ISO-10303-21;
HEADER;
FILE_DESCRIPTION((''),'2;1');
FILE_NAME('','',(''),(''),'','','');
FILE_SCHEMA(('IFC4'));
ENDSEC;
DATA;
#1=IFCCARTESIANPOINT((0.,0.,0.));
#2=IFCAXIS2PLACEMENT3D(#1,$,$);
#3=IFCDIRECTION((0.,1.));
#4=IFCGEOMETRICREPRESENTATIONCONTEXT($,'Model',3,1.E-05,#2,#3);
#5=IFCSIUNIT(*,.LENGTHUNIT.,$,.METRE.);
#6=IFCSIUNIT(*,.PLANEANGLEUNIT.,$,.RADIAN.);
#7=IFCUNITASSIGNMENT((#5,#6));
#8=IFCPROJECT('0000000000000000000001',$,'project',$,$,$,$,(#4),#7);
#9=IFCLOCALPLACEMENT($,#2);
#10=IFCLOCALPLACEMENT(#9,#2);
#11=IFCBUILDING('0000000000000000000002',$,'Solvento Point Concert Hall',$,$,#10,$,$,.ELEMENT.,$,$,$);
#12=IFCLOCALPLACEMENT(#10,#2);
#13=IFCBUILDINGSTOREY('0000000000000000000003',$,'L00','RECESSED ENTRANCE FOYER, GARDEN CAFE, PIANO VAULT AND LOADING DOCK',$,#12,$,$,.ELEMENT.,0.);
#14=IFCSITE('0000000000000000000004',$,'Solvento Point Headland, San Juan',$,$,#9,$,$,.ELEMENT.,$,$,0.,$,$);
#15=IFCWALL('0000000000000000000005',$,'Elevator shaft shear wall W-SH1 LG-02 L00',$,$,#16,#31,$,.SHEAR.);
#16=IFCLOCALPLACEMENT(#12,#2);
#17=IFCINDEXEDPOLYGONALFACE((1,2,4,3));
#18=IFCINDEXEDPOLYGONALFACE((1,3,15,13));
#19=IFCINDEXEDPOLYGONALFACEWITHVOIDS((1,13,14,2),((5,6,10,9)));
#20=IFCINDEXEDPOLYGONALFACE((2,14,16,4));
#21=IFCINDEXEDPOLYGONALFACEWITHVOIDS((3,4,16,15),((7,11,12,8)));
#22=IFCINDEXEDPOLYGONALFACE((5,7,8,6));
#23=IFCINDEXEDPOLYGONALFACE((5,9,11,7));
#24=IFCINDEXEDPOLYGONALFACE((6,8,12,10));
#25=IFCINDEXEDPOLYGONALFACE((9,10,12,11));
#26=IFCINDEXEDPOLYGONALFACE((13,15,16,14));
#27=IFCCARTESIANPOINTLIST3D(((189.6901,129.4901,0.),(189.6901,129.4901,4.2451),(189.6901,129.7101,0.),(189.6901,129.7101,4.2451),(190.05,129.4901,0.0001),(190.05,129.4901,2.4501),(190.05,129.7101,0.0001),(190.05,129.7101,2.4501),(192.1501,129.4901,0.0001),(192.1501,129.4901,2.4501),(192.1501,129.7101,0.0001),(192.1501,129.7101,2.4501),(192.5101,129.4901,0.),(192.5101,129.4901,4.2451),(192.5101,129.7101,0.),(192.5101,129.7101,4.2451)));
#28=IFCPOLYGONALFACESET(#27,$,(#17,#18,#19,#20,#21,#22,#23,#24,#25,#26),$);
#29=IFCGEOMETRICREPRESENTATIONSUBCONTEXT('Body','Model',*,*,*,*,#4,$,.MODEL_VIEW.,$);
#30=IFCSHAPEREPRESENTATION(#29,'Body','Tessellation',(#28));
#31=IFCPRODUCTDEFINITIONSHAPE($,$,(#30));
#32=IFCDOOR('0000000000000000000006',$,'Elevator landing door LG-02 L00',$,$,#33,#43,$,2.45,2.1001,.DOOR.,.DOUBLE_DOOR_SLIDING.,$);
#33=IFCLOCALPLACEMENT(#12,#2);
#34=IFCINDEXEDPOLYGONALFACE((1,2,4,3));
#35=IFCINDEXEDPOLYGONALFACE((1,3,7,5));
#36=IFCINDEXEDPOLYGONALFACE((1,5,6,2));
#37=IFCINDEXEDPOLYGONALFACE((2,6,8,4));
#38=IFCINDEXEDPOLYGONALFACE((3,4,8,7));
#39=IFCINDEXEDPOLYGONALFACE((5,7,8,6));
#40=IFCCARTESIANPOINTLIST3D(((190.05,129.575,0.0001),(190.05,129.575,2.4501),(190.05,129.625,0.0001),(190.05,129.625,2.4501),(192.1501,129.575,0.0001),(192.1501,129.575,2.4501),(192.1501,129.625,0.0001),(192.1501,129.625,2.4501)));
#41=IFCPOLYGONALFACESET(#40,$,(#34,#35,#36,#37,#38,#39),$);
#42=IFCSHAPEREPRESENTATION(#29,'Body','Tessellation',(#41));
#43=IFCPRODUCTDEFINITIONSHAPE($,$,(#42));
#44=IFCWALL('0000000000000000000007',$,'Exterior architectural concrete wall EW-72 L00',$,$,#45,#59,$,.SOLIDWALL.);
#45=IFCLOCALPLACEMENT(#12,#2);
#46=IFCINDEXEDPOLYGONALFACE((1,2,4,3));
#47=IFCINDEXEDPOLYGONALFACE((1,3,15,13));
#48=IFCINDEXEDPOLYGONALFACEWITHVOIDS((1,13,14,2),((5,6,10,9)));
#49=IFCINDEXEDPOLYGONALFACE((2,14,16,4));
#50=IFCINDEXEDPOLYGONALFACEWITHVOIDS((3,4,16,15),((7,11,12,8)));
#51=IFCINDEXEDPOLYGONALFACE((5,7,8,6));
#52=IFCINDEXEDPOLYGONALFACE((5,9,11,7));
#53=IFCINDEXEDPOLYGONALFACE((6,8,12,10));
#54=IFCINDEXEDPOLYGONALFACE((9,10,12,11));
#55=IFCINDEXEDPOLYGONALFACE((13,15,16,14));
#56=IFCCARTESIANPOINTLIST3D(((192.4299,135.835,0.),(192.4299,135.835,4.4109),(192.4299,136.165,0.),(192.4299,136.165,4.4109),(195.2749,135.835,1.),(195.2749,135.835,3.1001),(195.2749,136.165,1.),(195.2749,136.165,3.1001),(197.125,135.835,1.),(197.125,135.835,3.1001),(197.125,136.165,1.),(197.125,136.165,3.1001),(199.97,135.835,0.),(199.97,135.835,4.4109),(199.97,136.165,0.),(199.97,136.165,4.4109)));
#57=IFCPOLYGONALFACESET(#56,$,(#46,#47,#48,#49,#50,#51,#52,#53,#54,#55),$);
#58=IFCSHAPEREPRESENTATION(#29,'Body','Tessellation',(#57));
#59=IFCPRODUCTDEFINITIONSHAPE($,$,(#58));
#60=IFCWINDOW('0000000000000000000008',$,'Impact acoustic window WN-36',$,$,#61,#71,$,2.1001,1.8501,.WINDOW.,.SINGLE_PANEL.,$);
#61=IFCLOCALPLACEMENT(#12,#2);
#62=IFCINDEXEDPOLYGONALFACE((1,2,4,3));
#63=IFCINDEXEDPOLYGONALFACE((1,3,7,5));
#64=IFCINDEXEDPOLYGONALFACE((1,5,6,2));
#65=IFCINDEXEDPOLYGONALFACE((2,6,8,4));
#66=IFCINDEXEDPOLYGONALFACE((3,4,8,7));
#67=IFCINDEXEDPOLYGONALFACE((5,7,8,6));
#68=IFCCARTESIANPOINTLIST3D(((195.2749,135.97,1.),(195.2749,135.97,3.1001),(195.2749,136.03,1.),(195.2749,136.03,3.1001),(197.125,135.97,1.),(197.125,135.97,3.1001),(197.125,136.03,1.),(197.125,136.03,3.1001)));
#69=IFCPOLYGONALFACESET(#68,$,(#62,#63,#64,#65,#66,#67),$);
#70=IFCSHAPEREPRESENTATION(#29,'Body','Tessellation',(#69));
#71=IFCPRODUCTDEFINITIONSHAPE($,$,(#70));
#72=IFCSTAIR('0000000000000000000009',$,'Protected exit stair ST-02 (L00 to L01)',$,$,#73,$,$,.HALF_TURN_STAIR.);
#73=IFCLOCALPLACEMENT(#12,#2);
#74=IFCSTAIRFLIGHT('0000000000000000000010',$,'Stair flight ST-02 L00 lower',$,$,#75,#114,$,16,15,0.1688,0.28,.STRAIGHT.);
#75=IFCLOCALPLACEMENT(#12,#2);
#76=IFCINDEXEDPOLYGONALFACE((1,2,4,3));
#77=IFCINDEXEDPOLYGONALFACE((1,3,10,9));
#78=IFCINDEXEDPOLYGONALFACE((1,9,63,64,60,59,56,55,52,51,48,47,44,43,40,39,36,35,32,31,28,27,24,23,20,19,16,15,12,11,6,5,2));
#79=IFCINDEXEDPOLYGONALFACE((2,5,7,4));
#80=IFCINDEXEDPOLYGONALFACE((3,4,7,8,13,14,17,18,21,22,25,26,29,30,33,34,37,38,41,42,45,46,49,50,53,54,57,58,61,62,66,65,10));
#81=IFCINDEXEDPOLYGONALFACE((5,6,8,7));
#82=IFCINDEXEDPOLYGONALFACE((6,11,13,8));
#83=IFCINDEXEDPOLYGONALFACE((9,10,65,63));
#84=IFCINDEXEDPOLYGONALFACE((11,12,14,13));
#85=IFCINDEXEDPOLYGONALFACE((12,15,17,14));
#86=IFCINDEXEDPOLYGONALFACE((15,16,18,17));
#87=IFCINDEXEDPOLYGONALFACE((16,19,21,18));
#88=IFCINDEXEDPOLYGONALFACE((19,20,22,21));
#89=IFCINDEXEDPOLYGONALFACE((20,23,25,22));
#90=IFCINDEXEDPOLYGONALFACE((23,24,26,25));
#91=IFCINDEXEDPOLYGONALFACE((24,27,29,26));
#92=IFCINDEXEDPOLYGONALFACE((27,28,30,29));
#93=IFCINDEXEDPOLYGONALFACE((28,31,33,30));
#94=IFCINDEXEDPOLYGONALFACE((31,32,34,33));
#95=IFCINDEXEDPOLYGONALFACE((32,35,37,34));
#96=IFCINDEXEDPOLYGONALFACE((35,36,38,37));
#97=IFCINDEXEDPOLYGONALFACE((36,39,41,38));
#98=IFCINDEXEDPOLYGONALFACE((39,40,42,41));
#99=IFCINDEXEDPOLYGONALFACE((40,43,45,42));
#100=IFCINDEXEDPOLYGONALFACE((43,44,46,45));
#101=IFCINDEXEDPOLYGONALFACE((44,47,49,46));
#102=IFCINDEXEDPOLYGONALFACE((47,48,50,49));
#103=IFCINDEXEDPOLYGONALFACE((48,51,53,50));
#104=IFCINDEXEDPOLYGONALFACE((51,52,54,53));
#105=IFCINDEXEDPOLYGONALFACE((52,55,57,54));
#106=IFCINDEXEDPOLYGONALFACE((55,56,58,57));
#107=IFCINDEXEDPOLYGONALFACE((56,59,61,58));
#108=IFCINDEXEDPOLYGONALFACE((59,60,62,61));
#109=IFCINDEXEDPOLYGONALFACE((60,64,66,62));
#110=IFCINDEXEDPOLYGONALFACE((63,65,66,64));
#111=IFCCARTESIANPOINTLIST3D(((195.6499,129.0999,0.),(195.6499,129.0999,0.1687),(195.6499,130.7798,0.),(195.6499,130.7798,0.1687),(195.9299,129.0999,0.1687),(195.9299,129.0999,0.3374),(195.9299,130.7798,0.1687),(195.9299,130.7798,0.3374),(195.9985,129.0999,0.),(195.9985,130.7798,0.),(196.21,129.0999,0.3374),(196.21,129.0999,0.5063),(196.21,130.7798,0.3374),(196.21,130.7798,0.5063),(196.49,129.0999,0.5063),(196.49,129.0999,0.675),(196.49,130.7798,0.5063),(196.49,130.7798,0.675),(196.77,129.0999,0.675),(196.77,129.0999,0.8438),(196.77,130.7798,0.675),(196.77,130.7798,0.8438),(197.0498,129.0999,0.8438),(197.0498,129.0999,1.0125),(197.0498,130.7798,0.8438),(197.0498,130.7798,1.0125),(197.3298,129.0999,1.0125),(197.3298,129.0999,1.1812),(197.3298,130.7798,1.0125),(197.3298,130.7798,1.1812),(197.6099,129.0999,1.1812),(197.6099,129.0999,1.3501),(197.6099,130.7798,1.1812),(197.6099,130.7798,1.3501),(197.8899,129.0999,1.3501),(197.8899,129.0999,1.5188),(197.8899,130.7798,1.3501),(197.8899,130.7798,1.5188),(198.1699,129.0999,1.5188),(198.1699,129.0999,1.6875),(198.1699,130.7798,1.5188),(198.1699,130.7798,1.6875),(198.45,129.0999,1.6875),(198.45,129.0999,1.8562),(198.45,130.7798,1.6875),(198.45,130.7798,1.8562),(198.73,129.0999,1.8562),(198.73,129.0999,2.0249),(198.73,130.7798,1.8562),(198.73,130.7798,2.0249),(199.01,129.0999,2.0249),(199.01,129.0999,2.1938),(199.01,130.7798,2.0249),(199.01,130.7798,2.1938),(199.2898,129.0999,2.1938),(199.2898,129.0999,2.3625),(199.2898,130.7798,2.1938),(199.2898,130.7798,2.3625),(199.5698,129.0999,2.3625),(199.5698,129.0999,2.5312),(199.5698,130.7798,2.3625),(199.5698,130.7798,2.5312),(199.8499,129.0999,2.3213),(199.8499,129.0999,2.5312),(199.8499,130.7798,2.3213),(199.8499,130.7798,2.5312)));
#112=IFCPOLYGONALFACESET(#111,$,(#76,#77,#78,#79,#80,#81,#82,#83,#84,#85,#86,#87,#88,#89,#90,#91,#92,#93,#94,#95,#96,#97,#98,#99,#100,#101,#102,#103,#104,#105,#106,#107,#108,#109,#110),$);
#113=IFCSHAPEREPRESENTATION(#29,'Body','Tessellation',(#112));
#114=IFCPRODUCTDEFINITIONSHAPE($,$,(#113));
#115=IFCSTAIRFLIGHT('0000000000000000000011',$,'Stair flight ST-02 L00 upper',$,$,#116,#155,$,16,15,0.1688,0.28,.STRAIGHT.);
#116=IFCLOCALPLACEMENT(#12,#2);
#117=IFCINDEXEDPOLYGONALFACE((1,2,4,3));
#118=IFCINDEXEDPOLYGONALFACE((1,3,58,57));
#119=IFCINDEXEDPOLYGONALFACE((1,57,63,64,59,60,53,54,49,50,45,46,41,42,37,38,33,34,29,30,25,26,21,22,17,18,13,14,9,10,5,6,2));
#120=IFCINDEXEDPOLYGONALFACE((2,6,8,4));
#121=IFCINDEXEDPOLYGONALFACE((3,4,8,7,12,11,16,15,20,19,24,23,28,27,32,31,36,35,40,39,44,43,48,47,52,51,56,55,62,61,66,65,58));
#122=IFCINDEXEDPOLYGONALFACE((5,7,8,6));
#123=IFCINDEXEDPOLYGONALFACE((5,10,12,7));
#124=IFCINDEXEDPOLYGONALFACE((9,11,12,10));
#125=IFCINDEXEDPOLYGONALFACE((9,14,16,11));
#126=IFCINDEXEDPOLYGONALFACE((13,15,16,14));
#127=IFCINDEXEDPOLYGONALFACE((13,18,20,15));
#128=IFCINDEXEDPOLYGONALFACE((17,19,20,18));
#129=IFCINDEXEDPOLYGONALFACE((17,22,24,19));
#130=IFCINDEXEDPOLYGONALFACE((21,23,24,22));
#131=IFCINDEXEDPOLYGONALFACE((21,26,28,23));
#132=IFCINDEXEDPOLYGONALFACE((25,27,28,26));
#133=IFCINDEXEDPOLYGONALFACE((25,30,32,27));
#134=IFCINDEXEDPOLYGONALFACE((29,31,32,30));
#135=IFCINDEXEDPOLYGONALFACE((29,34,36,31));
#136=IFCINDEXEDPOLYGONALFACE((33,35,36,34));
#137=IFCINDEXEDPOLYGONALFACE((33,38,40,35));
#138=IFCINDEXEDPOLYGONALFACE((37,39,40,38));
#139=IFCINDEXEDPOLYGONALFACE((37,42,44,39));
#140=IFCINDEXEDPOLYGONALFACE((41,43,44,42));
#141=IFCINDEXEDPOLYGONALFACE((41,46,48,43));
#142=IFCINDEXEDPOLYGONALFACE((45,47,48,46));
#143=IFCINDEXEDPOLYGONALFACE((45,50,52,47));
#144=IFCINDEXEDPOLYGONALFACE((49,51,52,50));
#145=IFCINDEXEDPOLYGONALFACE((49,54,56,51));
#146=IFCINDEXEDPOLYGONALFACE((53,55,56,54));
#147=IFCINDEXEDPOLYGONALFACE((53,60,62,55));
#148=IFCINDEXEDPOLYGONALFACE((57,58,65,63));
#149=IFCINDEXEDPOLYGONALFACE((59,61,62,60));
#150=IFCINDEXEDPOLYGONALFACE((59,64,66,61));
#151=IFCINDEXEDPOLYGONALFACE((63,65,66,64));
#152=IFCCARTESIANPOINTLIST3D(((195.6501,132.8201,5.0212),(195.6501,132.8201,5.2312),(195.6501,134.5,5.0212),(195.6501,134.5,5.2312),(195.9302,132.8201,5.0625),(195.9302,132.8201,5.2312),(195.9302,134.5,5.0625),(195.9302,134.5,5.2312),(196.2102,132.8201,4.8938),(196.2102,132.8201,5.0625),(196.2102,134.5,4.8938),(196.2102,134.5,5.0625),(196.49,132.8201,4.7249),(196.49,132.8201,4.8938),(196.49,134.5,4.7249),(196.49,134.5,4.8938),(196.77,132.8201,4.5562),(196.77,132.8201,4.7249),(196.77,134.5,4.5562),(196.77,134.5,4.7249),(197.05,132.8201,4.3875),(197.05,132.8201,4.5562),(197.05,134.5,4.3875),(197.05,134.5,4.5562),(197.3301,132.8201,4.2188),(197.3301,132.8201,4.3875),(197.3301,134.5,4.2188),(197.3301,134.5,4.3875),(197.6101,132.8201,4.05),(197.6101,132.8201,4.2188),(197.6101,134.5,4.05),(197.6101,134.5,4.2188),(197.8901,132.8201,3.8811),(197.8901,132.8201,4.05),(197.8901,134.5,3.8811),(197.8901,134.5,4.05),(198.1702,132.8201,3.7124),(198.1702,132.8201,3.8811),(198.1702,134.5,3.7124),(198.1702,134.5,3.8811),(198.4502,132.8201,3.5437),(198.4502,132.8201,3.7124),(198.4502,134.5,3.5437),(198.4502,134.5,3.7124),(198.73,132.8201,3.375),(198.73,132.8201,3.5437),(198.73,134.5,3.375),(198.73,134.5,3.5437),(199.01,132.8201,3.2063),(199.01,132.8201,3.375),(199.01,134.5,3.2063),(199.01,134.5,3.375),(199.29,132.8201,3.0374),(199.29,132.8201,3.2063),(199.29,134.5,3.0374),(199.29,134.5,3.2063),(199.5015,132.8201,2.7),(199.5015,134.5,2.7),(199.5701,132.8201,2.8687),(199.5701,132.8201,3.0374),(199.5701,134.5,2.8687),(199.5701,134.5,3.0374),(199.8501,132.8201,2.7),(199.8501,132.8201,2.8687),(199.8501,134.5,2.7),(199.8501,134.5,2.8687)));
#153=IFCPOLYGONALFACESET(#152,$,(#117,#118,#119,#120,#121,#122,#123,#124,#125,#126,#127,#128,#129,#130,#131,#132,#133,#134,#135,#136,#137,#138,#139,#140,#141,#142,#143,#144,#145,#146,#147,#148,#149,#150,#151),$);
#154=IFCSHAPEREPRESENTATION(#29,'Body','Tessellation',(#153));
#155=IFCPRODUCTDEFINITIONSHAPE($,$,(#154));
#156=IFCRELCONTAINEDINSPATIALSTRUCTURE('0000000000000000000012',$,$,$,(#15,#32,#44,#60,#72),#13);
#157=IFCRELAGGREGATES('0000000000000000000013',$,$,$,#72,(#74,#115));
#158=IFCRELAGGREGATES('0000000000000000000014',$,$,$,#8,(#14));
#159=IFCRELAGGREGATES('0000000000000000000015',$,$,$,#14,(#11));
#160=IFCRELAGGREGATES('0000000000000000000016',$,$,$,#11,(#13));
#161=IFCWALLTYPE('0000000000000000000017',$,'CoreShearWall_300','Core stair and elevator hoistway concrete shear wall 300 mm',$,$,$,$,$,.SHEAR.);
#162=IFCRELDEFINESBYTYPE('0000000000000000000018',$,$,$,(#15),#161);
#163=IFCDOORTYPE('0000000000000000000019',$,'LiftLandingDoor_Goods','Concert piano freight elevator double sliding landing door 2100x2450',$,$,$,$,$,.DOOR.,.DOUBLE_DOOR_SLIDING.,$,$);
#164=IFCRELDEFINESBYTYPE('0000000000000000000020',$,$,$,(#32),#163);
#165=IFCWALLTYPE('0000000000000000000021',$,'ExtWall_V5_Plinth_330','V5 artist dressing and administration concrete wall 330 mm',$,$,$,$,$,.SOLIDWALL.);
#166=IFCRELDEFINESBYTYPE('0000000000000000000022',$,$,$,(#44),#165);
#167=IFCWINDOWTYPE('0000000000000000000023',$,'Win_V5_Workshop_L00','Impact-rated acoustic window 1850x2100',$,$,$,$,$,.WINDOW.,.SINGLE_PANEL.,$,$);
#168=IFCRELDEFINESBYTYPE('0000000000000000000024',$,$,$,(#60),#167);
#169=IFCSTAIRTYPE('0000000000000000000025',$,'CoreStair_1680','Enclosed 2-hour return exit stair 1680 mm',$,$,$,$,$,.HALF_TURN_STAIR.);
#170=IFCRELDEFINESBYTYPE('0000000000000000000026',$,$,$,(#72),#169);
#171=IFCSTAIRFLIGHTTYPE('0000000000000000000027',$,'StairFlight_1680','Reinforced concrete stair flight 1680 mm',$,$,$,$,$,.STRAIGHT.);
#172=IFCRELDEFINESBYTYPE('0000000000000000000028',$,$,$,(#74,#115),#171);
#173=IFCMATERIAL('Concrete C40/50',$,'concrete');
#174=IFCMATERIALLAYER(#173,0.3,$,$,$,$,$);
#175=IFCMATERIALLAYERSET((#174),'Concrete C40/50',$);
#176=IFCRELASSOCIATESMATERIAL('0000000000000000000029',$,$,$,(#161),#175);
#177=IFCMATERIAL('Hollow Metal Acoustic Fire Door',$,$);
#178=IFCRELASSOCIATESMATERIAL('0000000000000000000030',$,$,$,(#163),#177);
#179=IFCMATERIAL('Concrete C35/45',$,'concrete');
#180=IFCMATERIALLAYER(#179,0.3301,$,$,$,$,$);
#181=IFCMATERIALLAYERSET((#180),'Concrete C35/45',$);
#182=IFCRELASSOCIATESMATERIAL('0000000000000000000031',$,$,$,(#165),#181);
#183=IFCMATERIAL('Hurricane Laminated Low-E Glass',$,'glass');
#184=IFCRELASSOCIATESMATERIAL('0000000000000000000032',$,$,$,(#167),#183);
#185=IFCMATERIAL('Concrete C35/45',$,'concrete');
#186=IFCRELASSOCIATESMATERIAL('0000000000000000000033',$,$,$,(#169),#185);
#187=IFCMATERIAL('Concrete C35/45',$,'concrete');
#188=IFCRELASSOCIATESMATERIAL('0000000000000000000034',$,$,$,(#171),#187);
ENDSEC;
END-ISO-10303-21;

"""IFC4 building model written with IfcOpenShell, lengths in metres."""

from ifc_helpers import new_model, si_unit, direction, frame, frame_2d, origin, place, context, subcontext, project, spatial, polyline, rectangle, outline, extrude, material, layer, layer_set, type_object, element, fill, aggregate, save


model = new_model("IFC4")

# Units and contexts
model_context = context("Model", 3, precision=1e-05, world=origin(), true_north=direction((0.0, 1.0)))
body_context = subcontext(model_context, "Body", "Model", "MODEL_VIEW")
ifc_project = project(units=[si_unit("LENGTHUNIT", "METRE"), si_unit("PLANEANGLEUNIT", "RADIAN")], contexts=[model_context])

# Site, building, storey
site_placement = place(None, origin())
site = spatial("IfcSite", under=ifc_project, at=site_placement, Name="Solvento Point Headland, San Juan", CompositionType="ELEMENT", RefElevation=0.0)
building_placement = place(site_placement, origin())
building = spatial("IfcBuilding", under=site, at=building_placement, Name="Solvento Point Concert Hall", CompositionType="ELEMENT")
storey_placement = place(building_placement, origin())
storey = spatial("IfcBuildingStorey", under=building, at=storey_placement, Name="L00", Description="RECESSED ENTRANCE FOYER, GARDEN CAFE, PIANO VAULT AND LOADING DOCK", CompositionType="ELEMENT", Elevation=0.0)

# Shared definitions
ifc_material_1 = material(Name="Concrete C40/50", Category="concrete")
ifc_layer_1 = layer(ifc_material_1, 0.3)
ifc_layer_set_1 = layer_set([ifc_layer_1], Name="Concrete C40/50")
wall_type_1 = type_object("IfcWallType", Name="CoreShearWall_300", Description="Core stair and elevator hoistway concrete shear wall 300 mm", PredefinedType="SHEAR", material=ifc_layer_set_1)

# Wall, opening, door
wall_1_placement = place(storey_placement, frame((189.6899, 129.6001, 0.0), z_axis=(0.0, 0.0, 1.0), x_axis=(1.0, 0.0, 0.0)))
wall_1 = element("IfcWall", 1, at=wall_1_placement, inside=storey, type_object=wall_type_1, Name="Elevator shaft shear wall W-SH1 LG-02 L00", PredefinedType="SHEAR", context=body_context, shape_type="SweptSolid", body=[
    extrude(rectangle(XDim=2.8201, YDim=0.22, at=frame_2d((1.4102, 0.0))), origin(), (0.0, 0.0, 1.0), 4.2451),
])
opening_1_placement = place(wall_1_placement, frame((0.3601, 0.0, 0.0)))
opening_1 = element("IfcOpeningElement", 2, at=opening_1_placement, cuts=wall_1, PredefinedType="OPENING", context=body_context, shape_type="SweptSolid", body=[
    extrude(rectangle(XDim=2.1001, YDim=2.45, at=frame_2d((1.05, 1.2251))), frame((0.0, 0.1199, 0.0), z_axis=(0.0, -1.0, 0.0), x_axis=(1.0, 0.0, 0.0)), (0.0, 0.0, 1.0), 0.24),
])
ifc_material_2 = material(Name="Hollow Metal Acoustic Fire Door")
door_type_1 = type_object("IfcDoorType", Name="LiftLandingDoor_Goods", Description="Concert piano freight elevator double sliding landing door 2100x2450", OperationType="DOUBLE_DOOR_SLIDING", PredefinedType="DOOR", material=ifc_material_2)
door_1_placement = place(opening_1_placement, origin())
door_1 = element("IfcDoor", 3, at=door_1_placement, inside=storey, type_object=door_type_1, Name="Elevator landing door LG-02 L00", OperationType="DOUBLE_DOOR_SLIDING", OverallHeight=2.45, OverallWidth=2.1001, PredefinedType="DOOR", context=body_context, shape_type="SweptSolid", body=[
    extrude(rectangle(XDim=2.1001, YDim=2.45, at=frame_2d((1.05, 1.2251))), frame((0.0, 0.0249, 0.0), z_axis=(0.0, -1.0, 0.0), x_axis=(1.0, 0.0, 0.0)), (0.0, 0.0, 1.0), 0.05),
])
fill(opening_1, door_1)

# Shared definitions
ifc_material_3 = material(Name="Concrete C35/45", Category="concrete")
ifc_layer_2 = layer(ifc_material_3, 0.3301)
ifc_layer_set_2 = layer_set([ifc_layer_2], Name="Concrete C35/45")
wall_type_2 = type_object("IfcWallType", Name="ExtWall_V5_Plinth_330", Description="V5 artist dressing and administration concrete wall 330 mm", PredefinedType="SOLIDWALL", material=ifc_layer_set_2)

# Wall, opening, window
wall_2_placement = place(storey_placement, frame((192.4299, 136.0, 0.0), z_axis=(0.0, 0.0, 1.0), x_axis=(1.0, 0.0, 0.0)))
wall_2 = element("IfcWall", 4, at=wall_2_placement, inside=storey, type_object=wall_type_2, Name="Exterior architectural concrete wall EW-72 L00", PredefinedType="SOLIDWALL", context=body_context, shape_type="SweptSolid", body=[
    extrude(rectangle(XDim=7.54, YDim=0.3301, at=frame_2d((3.77, 0.0))), origin(), (0.0, 0.0, 1.0), 4.4109),
])
opening_2_placement = place(wall_2_placement, frame((2.845, 0.0, 1.0)))
opening_2 = element("IfcOpeningElement", 5, at=opening_2_placement, cuts=wall_2, PredefinedType="OPENING", context=body_context, shape_type="SweptSolid", body=[
    extrude(rectangle(XDim=1.8501, YDim=2.1001, at=frame_2d((0.925, 1.05))), frame((0.0, 0.175, 0.0), z_axis=(0.0, -1.0, 0.0), x_axis=(1.0, 0.0, 0.0)), (0.0, 0.0, 1.0), 0.3501),
])
ifc_material_4 = material(Name="Hurricane Laminated Low-E Glass", Category="glass")
window_type = type_object("IfcWindowType", Name="Win_V5_Workshop_L00", Description="Impact-rated acoustic window 1850x2100", PartitioningType="SINGLE_PANEL", PredefinedType="WINDOW", material=ifc_material_4)
window_placement = place(opening_2_placement, origin())
window = element("IfcWindow", 6, at=window_placement, inside=storey, type_object=window_type, Name="Impact acoustic window WN-36", OverallHeight=2.1001, OverallWidth=1.8501, PartitioningType="SINGLE_PANEL", PredefinedType="WINDOW", context=body_context, shape_type="SweptSolid", body=[
    extrude(rectangle(XDim=1.8501, YDim=2.1001, at=frame_2d((0.925, 1.05))), frame((0.0, 0.03, 0.0), z_axis=(0.0, -1.0, 0.0), x_axis=(1.0, 0.0, 0.0)), (0.0, 0.0, 1.0), 0.0601),
])
fill(opening_2, window)

# Stair, stair flights
ifc_material_5 = material(Name="Concrete C35/45", Category="concrete")
stair_type = type_object("IfcStairType", Name="CoreStair_1680", Description="Enclosed 2-hour return exit stair 1680 mm", PredefinedType="HALF_TURN_STAIR", material=ifc_material_5)
stair_placement = place(storey_placement, origin())
stair = element("IfcStair", 7, at=stair_placement, inside=storey, type_object=stair_type, Name="Protected exit stair ST-02 (L00 to L01)", PredefinedType="HALF_TURN_STAIR")
ifc_material_6 = material(Name="Concrete C35/45", Category="concrete")
stair_flight_type = type_object("IfcStairFlightType", Name="StairFlight_1680", Description="Reinforced concrete stair flight 1680 mm", PredefinedType="STRAIGHT", material=ifc_material_6)
stair_flight_1_placement = place(storey_placement, frame((195.6499, 129.9399, 0.0), z_axis=(0.0, 0.0, 1.0), x_axis=(1.0, 0.0, 0.0)))
stair_flight_1 = element("IfcStairFlight", 8, at=stair_flight_1_placement, type_object=stair_flight_type, Name="Stair flight ST-02 L00 lower", NumberOfRisers=16, NumberOfTreads=15, PredefinedType="STRAIGHT", RiserHeight=0.1688, TreadLength=0.28, context=body_context, shape_type="SweptSolid", body=[
    extrude(outline(polyline([(0.0, 0.0), (0.0, 0.1687), (0.28, 0.1687), (0.28, 0.3374), (0.5601, 0.3374), (0.5601, 0.5063), (0.8401, 0.5063), (0.8401, 0.675), (1.1201, 0.675), (1.1201, 0.8438), (1.3999, 0.8438), (1.3999, 1.0125), (1.6799, 1.0125), (1.6799, 1.1812), (1.96, 1.1812), (1.96, 1.3501), (2.24, 1.3501), (2.24, 1.5188), (2.52, 1.5188), (2.52, 1.6875), (2.8, 1.6875), (2.8, 1.8562), (3.0801, 1.8562), (3.0801, 2.0249), (3.3601, 2.0249), (3.3601, 2.1938), (3.6399, 2.1938), (3.6399, 2.3625), (3.9199, 2.3625), (3.9199, 2.5312), (4.2, 2.5312), (4.2, 2.7), (4.2, 2.3213), (0.3486, 0.0), (0.0, 0.0)])), frame((0.0, 0.8398, 0.0), z_axis=(0.0, -1.0, 0.0), x_axis=(1.0, 0.0, 0.0)), (0.0, 0.0, 1.0), 1.6799),
])
stair_flight_2_placement = place(storey_placement, frame((199.8501, 133.6599, 2.7), z_axis=(0.0, 0.0, 1.0), x_axis=(-1.0, 0.0, 0.0)))
stair_flight_2 = element("IfcStairFlight", 9, at=stair_flight_2_placement, type_object=stair_flight_type, Name="Stair flight ST-02 L00 upper", NumberOfRisers=16, NumberOfTreads=15, PredefinedType="STRAIGHT", RiserHeight=0.1688, TreadLength=0.28, context=body_context, shape_type="SweptSolid", body=[
    extrude(outline(polyline([(0.0, 0.0), (0.0, 0.1687), (0.28, 0.1687), (0.28, 0.3374), (0.5601, 0.3374), (0.5601, 0.5063), (0.8401, 0.5063), (0.8401, 0.675), (1.1201, 0.675), (1.1201, 0.8438), (1.3999, 0.8438), (1.3999, 1.0125), (1.6799, 1.0125), (1.6799, 1.1812), (1.96, 1.1812), (1.96, 1.3501), (2.24, 1.3501), (2.24, 1.5188), (2.52, 1.5188), (2.52, 1.6875), (2.8, 1.6875), (2.8, 1.8562), (3.0801, 1.8562), (3.0801, 2.0249), (3.3601, 2.0249), (3.3601, 2.1938), (3.6399, 2.1938), (3.6399, 2.3625), (3.9199, 2.3625), (3.9199, 2.5312), (4.2, 2.5312), (4.2, 2.7), (4.2, 2.3213), (0.3486, 0.0), (0.0, 0.0)])), frame((0.0, 0.8398, 0.0), z_axis=(0.0, -1.0, 0.0), x_axis=(1.0, 0.0, 0.0)), (0.0, 0.0, 1.0), 1.6799),
])
aggregate(stair, [stair_flight_1, stair_flight_2])

save(model, "model.ifc")
